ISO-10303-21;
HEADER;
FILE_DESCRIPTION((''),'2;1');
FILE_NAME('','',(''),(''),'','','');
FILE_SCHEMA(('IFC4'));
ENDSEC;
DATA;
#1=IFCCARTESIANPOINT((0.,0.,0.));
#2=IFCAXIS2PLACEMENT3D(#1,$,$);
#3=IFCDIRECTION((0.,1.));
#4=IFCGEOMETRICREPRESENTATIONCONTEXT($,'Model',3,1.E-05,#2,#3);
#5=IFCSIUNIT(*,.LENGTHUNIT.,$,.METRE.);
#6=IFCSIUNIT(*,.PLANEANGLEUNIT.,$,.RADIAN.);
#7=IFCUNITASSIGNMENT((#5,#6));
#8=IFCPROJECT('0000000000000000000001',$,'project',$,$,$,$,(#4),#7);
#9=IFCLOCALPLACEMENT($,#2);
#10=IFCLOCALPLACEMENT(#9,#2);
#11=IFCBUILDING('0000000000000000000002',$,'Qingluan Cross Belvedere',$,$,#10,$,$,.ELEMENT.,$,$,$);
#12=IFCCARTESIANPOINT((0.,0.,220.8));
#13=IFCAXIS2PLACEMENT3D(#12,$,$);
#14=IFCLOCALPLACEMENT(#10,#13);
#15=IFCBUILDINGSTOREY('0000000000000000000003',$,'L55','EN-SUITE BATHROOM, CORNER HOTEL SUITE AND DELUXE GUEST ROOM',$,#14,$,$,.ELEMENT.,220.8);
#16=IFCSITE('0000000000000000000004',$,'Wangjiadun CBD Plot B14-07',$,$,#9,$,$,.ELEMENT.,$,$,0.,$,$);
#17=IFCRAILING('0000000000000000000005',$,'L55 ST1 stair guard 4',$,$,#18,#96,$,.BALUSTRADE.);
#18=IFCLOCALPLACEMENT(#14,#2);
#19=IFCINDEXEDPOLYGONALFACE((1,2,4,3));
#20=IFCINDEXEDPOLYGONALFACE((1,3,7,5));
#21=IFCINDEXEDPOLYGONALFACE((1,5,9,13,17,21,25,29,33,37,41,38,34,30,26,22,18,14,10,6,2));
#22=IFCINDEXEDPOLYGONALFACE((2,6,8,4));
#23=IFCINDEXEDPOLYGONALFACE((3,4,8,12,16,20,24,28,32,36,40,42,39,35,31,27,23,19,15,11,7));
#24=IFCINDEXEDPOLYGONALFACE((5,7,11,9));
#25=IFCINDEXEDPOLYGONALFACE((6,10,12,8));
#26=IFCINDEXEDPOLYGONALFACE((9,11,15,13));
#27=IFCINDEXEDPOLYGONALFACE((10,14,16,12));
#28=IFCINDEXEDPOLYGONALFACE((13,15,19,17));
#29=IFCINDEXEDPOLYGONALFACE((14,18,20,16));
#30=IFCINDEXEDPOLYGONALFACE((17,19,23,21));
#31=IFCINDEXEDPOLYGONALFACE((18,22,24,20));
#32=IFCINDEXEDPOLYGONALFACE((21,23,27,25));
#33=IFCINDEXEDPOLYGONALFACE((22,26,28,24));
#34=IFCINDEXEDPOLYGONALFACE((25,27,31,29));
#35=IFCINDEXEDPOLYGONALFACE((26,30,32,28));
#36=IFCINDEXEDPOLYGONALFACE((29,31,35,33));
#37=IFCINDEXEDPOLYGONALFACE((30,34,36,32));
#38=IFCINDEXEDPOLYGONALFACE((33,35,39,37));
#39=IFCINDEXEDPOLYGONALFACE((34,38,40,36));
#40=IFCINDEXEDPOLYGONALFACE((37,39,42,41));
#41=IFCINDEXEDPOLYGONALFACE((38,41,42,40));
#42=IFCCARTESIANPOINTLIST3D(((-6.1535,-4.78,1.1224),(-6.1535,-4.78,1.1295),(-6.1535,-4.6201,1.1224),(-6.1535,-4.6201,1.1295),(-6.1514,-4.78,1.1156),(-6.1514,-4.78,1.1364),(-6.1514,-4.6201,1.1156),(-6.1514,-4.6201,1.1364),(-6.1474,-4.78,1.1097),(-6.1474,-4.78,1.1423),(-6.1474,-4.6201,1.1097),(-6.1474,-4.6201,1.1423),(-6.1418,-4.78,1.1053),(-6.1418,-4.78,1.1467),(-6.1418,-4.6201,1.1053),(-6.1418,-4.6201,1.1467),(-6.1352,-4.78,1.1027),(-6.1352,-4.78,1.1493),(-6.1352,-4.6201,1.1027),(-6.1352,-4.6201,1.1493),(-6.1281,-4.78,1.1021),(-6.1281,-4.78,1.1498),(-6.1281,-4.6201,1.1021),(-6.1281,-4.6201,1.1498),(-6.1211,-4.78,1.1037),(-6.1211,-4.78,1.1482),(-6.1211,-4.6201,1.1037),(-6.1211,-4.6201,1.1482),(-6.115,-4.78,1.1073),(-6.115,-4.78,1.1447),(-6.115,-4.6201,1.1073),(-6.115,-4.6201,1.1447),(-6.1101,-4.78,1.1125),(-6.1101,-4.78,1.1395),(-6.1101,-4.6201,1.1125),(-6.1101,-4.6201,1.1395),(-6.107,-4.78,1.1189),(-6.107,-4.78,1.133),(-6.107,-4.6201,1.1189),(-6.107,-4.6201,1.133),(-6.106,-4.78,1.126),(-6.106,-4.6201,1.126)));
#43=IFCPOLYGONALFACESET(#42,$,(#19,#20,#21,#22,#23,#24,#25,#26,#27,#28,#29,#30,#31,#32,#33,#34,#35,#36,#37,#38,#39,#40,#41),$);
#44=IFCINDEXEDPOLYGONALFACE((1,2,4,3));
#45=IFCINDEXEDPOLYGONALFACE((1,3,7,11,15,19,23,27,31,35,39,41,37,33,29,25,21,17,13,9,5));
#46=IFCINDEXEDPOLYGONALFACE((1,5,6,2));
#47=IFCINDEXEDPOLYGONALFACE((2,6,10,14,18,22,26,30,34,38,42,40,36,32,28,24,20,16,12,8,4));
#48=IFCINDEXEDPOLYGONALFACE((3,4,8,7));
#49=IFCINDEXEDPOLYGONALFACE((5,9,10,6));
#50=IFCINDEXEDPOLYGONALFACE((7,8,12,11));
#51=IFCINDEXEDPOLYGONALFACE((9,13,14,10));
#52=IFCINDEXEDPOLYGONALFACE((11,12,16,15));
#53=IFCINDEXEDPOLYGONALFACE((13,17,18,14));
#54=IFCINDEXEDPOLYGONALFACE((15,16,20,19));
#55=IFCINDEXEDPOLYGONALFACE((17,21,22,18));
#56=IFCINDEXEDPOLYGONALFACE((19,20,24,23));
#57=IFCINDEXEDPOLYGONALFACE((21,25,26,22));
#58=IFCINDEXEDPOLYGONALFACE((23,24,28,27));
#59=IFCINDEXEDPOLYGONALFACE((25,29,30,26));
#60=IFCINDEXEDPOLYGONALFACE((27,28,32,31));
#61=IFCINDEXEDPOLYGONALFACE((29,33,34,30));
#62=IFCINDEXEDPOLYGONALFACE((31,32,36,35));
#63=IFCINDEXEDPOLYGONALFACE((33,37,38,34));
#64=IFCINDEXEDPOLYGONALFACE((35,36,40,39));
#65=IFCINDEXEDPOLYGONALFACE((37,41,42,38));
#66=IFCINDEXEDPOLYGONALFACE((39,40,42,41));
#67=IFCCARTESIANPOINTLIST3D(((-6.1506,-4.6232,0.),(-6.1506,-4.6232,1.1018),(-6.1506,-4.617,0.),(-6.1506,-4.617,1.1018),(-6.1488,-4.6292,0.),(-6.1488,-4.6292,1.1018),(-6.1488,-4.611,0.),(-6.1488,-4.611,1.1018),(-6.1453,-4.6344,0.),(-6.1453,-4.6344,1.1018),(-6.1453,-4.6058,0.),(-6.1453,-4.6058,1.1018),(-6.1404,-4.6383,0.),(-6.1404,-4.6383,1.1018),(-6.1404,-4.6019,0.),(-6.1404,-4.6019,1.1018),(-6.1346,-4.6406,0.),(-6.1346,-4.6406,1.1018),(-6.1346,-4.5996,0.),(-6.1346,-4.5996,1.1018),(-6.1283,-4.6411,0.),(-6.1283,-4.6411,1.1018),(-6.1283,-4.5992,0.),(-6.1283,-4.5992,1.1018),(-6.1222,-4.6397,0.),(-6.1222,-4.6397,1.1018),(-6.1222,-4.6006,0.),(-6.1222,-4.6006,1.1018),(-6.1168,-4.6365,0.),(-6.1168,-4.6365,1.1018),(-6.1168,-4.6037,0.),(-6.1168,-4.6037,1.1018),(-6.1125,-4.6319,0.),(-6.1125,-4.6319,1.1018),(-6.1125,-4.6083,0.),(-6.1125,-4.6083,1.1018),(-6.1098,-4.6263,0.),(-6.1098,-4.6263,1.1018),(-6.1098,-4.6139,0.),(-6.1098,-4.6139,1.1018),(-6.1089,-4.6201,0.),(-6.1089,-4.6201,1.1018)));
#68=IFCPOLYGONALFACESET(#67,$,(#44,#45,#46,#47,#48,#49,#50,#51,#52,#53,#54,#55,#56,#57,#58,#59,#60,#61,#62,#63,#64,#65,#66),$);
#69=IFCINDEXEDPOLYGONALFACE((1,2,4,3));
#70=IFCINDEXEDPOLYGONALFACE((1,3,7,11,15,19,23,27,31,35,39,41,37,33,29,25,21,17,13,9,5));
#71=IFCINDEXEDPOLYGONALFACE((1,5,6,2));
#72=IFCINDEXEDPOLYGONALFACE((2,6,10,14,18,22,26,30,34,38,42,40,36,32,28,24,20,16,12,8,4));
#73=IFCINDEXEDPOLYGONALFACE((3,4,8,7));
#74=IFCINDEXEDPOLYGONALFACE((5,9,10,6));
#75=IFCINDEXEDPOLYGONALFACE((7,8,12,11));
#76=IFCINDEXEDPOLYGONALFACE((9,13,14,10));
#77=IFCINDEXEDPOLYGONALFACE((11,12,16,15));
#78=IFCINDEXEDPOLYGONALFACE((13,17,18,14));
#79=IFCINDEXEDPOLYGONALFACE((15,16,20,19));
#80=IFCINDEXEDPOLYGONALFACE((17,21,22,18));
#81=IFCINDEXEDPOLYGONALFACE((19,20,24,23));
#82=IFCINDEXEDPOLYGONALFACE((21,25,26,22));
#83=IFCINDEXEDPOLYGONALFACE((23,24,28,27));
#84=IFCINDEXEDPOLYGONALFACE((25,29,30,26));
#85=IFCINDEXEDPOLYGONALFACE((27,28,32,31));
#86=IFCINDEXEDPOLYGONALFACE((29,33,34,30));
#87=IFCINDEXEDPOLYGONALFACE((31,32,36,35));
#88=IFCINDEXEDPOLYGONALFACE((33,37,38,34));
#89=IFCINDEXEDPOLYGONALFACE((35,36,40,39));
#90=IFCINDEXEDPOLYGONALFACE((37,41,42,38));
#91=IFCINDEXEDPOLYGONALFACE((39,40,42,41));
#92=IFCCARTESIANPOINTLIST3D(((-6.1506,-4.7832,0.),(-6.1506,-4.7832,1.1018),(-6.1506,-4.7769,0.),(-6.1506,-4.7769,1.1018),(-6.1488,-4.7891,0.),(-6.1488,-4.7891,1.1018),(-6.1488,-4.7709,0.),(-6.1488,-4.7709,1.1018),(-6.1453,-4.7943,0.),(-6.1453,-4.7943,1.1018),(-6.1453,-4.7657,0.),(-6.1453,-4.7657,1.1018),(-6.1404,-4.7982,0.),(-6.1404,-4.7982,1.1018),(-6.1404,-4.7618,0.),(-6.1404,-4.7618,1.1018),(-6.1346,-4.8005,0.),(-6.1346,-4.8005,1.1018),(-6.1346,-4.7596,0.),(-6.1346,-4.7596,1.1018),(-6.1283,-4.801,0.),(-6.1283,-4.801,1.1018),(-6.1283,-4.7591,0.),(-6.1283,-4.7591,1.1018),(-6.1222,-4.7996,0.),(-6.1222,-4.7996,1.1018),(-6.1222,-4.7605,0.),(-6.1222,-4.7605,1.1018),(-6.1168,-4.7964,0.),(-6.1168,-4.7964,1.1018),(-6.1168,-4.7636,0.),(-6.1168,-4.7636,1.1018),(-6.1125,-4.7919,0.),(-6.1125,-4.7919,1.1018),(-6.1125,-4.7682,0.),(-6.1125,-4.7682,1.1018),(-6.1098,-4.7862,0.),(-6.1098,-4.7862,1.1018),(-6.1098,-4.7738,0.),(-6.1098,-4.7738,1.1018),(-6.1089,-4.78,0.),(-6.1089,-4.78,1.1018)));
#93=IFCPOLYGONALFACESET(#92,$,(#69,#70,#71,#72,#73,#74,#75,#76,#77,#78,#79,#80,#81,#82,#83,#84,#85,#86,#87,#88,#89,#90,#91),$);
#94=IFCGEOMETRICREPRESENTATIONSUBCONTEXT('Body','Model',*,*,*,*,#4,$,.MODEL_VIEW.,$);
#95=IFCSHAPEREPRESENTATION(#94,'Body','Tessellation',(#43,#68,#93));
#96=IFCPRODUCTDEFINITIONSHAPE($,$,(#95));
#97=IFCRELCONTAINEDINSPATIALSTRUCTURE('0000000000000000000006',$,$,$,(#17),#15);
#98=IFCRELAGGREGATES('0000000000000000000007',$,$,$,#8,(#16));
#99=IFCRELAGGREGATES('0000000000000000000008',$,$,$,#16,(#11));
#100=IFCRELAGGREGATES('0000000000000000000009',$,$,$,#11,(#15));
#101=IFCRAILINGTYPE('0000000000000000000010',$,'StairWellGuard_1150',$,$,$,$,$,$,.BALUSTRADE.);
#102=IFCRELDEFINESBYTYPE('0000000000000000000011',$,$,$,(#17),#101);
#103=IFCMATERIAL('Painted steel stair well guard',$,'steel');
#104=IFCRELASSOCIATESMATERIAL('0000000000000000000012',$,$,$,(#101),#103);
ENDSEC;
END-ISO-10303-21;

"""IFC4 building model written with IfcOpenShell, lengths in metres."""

from ifc_helpers import new_model, si_unit, direction, frame, origin, origin_2d, place, context, subcontext, project, spatial, circle, extrude, material, type_object, element, save


model = new_model("IFC4")

# Units and contexts
model_context = context("Model", 3, precision=1e-05, world=origin(), true_north=direction((0.0, 1.0)))
body_context = subcontext(model_context, "Body", "Model", "MODEL_VIEW")
ifc_project = project(units=[si_unit("LENGTHUNIT", "METRE"), si_unit("PLANEANGLEUNIT", "RADIAN")], contexts=[model_context])

# Site, building, storey
site_placement = place(None, origin())
site = spatial("IfcSite", under=ifc_project, at=site_placement, Name="Wangjiadun CBD Plot B14-07", CompositionType="ELEMENT", RefElevation=0.0)
building_placement = place(site_placement, origin())
building = spatial("IfcBuilding", under=site, at=building_placement, Name="Qingluan Cross Belvedere", CompositionType="ELEMENT")
storey_placement = place(building_placement, frame((0.0, 0.0, 220.8)))
storey = spatial("IfcBuildingStorey", under=building, at=storey_placement, Name="L55", Description="EN-SUITE BATHROOM, CORNER HOTEL SUITE AND DELUXE GUEST ROOM", CompositionType="ELEMENT", Elevation=220.8)

# Railing
ifc_material_1 = material(Name="Painted steel stair well guard", Category="steel")
railing_type_1 = type_object("IfcRailingType", Name="StairWellGuard_1150", PredefinedType="BALUSTRADE", material=ifc_material_1)
railing_1_placement = place(storey_placement, frame((-6.1299, -4.6201, 0.0)))
element("IfcRailing", 1, at=railing_1_placement, inside=storey, type_object=railing_type_1, Name="L55 ST1 stair guard 4", PredefinedType="BALUSTRADE", context=body_context, shape_type="SweptSolid", body=[
    extrude(circle(Radius=0.0239, at=origin_2d()), frame((0.0, 0.0, 1.126), z_axis=(0.0, -1.0, 0.0), x_axis=(1.0, 0.0, 0.0)), (0.0, 0.0, 1.0), 0.1599),
    extrude(circle(Radius=0.021, at=origin_2d()), origin(), (0.0, 0.0, 1.0), 1.1018),
    extrude(circle(Radius=0.021, at=origin_2d()), frame((0.0, -0.1599, 0.0)), (0.0, 0.0, 1.0), 1.1018),
])

save(model, "model.ifc")
